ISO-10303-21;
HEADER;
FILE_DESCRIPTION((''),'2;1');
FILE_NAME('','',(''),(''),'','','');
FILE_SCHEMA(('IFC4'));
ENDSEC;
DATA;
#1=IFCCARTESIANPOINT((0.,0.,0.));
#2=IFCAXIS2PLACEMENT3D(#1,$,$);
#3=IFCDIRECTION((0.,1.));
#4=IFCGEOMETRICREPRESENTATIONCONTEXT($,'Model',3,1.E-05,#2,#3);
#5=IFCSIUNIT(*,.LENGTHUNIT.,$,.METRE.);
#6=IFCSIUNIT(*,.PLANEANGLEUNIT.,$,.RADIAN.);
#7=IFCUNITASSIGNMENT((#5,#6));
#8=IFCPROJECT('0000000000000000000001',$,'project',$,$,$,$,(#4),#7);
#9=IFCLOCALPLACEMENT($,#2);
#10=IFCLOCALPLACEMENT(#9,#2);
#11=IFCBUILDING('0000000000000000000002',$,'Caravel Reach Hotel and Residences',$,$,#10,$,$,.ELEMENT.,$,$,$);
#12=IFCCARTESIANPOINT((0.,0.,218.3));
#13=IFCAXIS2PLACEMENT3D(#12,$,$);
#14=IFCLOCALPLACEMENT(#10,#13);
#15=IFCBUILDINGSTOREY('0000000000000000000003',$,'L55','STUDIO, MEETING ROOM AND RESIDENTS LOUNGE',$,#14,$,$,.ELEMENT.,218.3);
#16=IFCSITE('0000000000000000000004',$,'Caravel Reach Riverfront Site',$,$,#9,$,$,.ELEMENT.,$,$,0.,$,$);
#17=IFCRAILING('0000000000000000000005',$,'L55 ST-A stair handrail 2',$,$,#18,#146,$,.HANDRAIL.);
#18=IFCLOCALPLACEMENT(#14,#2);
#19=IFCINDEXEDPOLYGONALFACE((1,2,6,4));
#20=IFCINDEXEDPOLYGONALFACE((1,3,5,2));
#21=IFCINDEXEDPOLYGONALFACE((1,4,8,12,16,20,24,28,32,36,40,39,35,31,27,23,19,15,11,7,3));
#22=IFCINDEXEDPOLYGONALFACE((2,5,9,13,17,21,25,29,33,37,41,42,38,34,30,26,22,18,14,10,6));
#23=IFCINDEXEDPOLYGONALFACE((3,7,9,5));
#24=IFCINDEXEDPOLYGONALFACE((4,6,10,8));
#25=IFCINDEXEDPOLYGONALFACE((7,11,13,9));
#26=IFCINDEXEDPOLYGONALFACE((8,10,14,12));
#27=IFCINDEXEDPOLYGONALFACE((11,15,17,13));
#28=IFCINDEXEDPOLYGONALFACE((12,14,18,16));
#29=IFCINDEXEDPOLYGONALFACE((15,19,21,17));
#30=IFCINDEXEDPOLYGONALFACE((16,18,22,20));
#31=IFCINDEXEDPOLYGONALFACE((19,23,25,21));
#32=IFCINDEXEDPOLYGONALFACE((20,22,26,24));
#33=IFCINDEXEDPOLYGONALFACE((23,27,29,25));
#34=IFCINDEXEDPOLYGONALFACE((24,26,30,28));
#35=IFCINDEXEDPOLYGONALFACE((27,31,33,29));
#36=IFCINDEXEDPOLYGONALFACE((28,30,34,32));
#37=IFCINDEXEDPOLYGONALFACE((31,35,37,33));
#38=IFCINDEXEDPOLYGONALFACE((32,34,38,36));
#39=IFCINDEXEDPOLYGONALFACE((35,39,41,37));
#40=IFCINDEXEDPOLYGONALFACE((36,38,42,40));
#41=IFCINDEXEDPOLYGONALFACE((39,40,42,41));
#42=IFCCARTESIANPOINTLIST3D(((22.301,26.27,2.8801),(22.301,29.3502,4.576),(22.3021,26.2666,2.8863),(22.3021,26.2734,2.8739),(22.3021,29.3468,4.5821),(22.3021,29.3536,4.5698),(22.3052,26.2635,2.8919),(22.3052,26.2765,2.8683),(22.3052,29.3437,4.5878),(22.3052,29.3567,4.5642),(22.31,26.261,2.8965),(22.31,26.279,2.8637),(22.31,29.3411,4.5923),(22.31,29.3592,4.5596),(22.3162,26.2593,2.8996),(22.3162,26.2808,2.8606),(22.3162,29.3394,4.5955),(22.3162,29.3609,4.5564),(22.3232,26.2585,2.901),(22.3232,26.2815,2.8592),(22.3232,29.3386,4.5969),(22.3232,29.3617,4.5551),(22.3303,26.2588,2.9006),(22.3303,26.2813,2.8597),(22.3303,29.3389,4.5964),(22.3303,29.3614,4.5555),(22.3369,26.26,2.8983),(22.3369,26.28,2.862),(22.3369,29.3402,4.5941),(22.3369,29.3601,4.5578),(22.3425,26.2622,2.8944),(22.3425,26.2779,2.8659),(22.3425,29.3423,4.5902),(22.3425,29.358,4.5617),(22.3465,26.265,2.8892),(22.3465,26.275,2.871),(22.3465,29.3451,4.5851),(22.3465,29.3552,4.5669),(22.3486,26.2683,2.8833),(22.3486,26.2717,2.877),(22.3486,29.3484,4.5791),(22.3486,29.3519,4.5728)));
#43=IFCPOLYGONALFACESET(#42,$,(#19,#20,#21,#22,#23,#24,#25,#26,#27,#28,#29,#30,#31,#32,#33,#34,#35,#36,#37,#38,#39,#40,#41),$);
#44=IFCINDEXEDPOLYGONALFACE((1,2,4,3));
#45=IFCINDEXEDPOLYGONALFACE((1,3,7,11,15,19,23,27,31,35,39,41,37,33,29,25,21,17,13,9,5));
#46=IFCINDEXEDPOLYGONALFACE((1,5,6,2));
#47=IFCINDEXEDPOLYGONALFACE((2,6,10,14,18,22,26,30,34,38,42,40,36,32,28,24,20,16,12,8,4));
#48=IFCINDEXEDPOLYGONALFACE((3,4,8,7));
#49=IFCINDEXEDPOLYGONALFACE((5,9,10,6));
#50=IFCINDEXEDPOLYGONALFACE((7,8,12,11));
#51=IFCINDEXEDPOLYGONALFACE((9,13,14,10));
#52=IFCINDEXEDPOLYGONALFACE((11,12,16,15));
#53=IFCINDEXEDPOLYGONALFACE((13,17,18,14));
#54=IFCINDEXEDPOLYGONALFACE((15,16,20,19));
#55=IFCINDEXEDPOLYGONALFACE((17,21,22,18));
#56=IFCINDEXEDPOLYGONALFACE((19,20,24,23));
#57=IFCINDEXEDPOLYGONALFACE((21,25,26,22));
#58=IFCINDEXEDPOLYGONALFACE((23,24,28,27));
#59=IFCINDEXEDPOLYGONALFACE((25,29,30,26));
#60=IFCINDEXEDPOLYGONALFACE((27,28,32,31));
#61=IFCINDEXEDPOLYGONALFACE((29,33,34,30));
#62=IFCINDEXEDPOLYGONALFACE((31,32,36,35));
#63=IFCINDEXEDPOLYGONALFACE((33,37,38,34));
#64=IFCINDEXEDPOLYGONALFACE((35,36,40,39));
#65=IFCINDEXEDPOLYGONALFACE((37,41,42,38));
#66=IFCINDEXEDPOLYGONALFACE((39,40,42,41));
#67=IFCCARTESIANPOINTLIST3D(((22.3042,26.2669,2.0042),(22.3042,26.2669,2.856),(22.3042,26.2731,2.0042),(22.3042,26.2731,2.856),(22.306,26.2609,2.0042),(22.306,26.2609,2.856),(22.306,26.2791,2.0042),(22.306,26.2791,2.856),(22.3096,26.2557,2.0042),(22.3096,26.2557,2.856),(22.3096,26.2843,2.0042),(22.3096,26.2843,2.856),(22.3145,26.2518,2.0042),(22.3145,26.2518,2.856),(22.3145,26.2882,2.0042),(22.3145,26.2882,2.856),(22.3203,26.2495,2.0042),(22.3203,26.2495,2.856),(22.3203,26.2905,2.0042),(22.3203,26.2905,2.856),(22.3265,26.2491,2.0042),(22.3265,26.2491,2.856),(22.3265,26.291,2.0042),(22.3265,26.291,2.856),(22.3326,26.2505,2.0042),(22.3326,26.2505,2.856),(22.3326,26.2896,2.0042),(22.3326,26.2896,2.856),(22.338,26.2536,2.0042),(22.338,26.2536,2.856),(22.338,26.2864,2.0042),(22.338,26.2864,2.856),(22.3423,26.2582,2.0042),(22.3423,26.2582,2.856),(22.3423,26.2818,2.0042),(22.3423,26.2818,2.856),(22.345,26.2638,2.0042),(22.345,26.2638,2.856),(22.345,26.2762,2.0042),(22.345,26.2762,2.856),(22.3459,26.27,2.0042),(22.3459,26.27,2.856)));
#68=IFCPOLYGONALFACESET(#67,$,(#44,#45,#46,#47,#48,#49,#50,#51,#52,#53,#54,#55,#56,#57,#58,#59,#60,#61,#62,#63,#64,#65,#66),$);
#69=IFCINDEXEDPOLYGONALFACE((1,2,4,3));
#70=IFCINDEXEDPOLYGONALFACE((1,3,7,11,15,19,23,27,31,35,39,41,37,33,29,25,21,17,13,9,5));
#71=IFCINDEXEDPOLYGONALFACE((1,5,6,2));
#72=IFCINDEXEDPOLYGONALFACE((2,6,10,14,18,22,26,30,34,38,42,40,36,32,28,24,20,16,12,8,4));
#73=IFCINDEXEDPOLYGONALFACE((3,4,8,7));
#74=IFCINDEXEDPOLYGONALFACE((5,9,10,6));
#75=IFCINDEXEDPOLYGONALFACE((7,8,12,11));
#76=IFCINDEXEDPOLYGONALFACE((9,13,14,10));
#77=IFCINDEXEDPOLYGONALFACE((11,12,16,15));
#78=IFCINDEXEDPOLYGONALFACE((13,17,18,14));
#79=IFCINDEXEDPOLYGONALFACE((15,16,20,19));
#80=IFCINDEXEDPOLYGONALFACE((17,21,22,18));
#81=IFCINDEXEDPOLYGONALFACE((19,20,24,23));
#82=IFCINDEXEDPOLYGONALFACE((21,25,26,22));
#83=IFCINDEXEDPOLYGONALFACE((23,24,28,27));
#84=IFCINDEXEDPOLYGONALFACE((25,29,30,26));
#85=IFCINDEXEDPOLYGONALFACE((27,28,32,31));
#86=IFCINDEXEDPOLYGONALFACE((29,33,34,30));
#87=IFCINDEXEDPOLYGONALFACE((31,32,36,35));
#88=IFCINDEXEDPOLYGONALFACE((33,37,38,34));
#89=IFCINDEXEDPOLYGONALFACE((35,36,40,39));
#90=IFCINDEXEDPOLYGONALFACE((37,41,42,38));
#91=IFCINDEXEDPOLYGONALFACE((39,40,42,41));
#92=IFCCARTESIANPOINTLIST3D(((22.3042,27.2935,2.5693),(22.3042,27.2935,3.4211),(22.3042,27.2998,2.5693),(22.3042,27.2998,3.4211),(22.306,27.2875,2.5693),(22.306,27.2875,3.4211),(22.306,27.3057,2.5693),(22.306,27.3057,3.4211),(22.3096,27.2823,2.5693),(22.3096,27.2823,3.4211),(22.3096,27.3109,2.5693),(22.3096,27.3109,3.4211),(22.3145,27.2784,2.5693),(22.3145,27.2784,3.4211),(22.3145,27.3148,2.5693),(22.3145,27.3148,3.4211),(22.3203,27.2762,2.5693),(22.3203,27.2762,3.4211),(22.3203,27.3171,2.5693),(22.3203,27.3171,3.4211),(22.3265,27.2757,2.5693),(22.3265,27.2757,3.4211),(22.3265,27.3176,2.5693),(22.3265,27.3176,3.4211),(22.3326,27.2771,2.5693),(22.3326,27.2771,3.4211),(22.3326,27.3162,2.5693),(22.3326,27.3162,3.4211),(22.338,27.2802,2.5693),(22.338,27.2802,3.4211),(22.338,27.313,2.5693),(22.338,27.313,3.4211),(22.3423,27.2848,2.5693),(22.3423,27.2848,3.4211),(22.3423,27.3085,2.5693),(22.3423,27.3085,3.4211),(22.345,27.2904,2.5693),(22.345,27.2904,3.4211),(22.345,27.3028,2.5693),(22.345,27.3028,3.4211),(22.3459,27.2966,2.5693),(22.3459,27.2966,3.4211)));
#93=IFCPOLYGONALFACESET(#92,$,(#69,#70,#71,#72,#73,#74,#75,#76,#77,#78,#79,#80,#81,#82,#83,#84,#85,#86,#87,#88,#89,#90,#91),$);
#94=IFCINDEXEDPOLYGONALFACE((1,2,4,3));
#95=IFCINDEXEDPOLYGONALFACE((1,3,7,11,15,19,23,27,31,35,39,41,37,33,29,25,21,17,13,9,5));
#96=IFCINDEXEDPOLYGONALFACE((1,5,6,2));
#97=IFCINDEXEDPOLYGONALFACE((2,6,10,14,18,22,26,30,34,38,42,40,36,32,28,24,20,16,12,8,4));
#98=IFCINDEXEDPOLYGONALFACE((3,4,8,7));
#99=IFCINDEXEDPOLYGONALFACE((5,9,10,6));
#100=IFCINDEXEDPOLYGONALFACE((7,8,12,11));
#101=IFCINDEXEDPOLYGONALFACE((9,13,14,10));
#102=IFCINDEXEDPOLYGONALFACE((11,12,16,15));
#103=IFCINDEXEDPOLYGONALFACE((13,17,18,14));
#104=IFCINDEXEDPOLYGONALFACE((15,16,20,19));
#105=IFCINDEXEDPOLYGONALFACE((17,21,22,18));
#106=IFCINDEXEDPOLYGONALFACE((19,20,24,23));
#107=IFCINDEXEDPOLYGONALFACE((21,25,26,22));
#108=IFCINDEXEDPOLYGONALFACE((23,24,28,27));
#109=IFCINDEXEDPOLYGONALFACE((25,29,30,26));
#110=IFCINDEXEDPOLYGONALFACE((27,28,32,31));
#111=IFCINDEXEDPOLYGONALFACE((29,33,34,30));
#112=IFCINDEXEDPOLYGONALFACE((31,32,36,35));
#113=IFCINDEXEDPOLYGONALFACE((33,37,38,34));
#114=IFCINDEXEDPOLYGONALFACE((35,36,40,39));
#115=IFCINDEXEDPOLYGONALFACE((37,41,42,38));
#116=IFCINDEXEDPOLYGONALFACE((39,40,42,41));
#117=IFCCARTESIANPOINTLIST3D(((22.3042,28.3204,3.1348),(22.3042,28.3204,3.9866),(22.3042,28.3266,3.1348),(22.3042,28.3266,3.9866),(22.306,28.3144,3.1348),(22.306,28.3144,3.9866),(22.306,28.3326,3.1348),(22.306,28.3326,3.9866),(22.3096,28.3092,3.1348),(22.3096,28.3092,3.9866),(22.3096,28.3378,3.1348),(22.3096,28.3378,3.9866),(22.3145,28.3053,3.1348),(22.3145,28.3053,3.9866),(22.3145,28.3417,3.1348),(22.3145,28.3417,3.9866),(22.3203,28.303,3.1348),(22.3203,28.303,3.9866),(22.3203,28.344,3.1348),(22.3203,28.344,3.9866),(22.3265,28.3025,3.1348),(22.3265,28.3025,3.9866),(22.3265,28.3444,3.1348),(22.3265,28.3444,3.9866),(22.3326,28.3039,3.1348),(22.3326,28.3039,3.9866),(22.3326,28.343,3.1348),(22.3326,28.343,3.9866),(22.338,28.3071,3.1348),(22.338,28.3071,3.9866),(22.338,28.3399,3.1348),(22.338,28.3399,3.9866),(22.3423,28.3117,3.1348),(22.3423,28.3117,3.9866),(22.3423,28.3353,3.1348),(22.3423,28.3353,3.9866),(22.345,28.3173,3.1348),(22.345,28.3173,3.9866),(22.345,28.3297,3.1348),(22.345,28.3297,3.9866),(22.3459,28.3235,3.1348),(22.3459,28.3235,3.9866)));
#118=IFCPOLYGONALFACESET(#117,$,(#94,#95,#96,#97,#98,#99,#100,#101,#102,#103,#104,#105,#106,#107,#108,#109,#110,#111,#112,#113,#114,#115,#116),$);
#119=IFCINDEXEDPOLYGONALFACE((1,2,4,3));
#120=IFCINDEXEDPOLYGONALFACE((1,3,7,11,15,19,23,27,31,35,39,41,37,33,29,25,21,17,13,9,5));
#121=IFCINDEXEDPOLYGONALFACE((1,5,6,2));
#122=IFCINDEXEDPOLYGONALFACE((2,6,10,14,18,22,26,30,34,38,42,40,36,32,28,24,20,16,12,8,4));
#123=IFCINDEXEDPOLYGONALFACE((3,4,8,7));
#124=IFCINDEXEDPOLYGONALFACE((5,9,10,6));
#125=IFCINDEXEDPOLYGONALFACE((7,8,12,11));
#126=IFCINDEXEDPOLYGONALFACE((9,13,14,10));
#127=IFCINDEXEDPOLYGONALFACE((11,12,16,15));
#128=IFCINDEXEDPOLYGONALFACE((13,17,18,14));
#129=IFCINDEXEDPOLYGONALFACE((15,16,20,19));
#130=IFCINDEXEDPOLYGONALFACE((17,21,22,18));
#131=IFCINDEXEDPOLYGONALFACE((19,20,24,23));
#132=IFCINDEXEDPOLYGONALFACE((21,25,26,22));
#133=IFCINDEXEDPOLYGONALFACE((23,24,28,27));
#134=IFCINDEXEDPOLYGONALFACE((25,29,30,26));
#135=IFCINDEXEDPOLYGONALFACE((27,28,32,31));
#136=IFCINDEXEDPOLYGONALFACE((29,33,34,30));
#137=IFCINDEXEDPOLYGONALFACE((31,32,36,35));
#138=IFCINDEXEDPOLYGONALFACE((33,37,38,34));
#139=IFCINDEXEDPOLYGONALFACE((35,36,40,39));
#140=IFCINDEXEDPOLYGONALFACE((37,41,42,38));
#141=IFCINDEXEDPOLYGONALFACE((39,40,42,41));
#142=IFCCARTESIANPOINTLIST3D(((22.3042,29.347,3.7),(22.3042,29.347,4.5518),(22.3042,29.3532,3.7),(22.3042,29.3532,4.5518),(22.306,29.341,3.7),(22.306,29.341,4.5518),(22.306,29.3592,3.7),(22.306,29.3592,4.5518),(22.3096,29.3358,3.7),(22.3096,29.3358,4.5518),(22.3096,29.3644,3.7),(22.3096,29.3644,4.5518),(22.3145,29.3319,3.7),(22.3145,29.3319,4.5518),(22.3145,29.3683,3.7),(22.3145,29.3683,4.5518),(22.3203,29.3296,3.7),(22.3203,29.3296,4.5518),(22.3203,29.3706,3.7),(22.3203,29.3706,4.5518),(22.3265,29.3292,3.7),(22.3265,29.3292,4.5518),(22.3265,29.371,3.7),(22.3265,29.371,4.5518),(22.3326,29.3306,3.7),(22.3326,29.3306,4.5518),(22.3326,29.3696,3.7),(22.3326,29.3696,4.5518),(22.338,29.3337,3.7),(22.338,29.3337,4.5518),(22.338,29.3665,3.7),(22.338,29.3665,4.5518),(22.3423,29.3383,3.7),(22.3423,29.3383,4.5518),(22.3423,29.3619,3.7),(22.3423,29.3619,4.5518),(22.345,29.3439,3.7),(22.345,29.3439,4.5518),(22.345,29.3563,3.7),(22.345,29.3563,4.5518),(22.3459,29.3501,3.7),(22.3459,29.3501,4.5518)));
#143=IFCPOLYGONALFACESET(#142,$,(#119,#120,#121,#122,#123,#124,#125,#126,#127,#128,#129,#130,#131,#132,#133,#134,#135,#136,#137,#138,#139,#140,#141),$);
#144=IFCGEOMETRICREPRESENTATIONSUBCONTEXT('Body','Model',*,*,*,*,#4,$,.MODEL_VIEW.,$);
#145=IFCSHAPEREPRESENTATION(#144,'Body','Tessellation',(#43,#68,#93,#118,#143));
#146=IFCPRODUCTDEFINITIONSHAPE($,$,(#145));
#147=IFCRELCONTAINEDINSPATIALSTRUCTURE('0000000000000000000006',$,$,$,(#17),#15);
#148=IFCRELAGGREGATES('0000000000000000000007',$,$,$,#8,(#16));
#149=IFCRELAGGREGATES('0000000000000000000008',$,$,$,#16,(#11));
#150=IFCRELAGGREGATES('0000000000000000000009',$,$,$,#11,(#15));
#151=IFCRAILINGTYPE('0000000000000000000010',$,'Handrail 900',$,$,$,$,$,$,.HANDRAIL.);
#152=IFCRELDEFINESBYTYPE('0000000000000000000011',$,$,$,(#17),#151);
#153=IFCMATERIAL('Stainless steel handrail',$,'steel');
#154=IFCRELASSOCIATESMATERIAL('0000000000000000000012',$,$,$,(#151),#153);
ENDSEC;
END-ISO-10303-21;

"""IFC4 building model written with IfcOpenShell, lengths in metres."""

from ifc_helpers import new_model, si_unit, direction, frame, origin, origin_2d, place, context, subcontext, project, spatial, circle, extrude, material, type_object, element, save


model = new_model("IFC4")

# Units and contexts
model_context = context("Model", 3, precision=1e-05, world=origin(), true_north=direction((0.0, 1.0)))
body_context = subcontext(model_context, "Body", "Model", "MODEL_VIEW")
ifc_project = project(units=[si_unit("LENGTHUNIT", "METRE"), si_unit("PLANEANGLEUNIT", "RADIAN")], contexts=[model_context])

# Site, building, storey
site_placement = place(None, origin())
site = spatial("IfcSite", under=ifc_project, at=site_placement, Name="Caravel Reach Riverfront Site", CompositionType="ELEMENT", RefElevation=0.0)
building_placement = place(site_placement, origin())
building = spatial("IfcBuilding", under=site, at=building_placement, Name="Caravel Reach Hotel and Residences", CompositionType="ELEMENT")
storey_placement = place(building_placement, frame((0.0, 0.0, 218.3)))
storey = spatial("IfcBuildingStorey", under=building, at=storey_placement, Name="L55", Description="STUDIO, MEETING ROOM AND RESIDENTS LOUNGE", CompositionType="ELEMENT", Elevation=218.3)

# Railing
ifc_material_1 = material(Name="Stainless steel handrail", Category="steel")
railing_type_1 = type_object("IfcRailingType", Name="Handrail 900", PredefinedType="HANDRAIL", material=ifc_material_1)
railing_1_placement = place(storey_placement, frame((22.325, 26.27, 2.0042)))
element("IfcRailing", 1, at=railing_1_placement, inside=storey, type_object=railing_type_1, Name="L55 ST-A stair handrail 2", PredefinedType="HANDRAIL", context=body_context, shape_type="SweptSolid", body=[
    extrude(circle(Radius=0.0239, at=origin_2d()), frame((0.0, 0.0, 0.876), z_axis=(0.0, 0.876005, 0.482303), x_axis=(-1.0, 0.0, 0.0)), (0.0, 0.0, 1.0), 3.5161),
    extrude(circle(Radius=0.021, at=origin_2d()), origin(), (0.0, 0.0, 1.0), 0.8518),
    extrude(circle(Radius=0.021, at=origin_2d()), frame((0.0, 1.0266, 0.5652)), (0.0, 0.0, 1.0), 0.8518),
    extrude(circle(Radius=0.021, at=origin_2d()), frame((0.0, 2.0535, 1.1306)), (0.0, 0.0, 1.0), 0.8518),
    extrude(circle(Radius=0.021, at=origin_2d()), frame((0.0, 3.0801, 1.6958)), (0.0, 0.0, 1.0), 0.8518),
])

save(model, "model.ifc")
